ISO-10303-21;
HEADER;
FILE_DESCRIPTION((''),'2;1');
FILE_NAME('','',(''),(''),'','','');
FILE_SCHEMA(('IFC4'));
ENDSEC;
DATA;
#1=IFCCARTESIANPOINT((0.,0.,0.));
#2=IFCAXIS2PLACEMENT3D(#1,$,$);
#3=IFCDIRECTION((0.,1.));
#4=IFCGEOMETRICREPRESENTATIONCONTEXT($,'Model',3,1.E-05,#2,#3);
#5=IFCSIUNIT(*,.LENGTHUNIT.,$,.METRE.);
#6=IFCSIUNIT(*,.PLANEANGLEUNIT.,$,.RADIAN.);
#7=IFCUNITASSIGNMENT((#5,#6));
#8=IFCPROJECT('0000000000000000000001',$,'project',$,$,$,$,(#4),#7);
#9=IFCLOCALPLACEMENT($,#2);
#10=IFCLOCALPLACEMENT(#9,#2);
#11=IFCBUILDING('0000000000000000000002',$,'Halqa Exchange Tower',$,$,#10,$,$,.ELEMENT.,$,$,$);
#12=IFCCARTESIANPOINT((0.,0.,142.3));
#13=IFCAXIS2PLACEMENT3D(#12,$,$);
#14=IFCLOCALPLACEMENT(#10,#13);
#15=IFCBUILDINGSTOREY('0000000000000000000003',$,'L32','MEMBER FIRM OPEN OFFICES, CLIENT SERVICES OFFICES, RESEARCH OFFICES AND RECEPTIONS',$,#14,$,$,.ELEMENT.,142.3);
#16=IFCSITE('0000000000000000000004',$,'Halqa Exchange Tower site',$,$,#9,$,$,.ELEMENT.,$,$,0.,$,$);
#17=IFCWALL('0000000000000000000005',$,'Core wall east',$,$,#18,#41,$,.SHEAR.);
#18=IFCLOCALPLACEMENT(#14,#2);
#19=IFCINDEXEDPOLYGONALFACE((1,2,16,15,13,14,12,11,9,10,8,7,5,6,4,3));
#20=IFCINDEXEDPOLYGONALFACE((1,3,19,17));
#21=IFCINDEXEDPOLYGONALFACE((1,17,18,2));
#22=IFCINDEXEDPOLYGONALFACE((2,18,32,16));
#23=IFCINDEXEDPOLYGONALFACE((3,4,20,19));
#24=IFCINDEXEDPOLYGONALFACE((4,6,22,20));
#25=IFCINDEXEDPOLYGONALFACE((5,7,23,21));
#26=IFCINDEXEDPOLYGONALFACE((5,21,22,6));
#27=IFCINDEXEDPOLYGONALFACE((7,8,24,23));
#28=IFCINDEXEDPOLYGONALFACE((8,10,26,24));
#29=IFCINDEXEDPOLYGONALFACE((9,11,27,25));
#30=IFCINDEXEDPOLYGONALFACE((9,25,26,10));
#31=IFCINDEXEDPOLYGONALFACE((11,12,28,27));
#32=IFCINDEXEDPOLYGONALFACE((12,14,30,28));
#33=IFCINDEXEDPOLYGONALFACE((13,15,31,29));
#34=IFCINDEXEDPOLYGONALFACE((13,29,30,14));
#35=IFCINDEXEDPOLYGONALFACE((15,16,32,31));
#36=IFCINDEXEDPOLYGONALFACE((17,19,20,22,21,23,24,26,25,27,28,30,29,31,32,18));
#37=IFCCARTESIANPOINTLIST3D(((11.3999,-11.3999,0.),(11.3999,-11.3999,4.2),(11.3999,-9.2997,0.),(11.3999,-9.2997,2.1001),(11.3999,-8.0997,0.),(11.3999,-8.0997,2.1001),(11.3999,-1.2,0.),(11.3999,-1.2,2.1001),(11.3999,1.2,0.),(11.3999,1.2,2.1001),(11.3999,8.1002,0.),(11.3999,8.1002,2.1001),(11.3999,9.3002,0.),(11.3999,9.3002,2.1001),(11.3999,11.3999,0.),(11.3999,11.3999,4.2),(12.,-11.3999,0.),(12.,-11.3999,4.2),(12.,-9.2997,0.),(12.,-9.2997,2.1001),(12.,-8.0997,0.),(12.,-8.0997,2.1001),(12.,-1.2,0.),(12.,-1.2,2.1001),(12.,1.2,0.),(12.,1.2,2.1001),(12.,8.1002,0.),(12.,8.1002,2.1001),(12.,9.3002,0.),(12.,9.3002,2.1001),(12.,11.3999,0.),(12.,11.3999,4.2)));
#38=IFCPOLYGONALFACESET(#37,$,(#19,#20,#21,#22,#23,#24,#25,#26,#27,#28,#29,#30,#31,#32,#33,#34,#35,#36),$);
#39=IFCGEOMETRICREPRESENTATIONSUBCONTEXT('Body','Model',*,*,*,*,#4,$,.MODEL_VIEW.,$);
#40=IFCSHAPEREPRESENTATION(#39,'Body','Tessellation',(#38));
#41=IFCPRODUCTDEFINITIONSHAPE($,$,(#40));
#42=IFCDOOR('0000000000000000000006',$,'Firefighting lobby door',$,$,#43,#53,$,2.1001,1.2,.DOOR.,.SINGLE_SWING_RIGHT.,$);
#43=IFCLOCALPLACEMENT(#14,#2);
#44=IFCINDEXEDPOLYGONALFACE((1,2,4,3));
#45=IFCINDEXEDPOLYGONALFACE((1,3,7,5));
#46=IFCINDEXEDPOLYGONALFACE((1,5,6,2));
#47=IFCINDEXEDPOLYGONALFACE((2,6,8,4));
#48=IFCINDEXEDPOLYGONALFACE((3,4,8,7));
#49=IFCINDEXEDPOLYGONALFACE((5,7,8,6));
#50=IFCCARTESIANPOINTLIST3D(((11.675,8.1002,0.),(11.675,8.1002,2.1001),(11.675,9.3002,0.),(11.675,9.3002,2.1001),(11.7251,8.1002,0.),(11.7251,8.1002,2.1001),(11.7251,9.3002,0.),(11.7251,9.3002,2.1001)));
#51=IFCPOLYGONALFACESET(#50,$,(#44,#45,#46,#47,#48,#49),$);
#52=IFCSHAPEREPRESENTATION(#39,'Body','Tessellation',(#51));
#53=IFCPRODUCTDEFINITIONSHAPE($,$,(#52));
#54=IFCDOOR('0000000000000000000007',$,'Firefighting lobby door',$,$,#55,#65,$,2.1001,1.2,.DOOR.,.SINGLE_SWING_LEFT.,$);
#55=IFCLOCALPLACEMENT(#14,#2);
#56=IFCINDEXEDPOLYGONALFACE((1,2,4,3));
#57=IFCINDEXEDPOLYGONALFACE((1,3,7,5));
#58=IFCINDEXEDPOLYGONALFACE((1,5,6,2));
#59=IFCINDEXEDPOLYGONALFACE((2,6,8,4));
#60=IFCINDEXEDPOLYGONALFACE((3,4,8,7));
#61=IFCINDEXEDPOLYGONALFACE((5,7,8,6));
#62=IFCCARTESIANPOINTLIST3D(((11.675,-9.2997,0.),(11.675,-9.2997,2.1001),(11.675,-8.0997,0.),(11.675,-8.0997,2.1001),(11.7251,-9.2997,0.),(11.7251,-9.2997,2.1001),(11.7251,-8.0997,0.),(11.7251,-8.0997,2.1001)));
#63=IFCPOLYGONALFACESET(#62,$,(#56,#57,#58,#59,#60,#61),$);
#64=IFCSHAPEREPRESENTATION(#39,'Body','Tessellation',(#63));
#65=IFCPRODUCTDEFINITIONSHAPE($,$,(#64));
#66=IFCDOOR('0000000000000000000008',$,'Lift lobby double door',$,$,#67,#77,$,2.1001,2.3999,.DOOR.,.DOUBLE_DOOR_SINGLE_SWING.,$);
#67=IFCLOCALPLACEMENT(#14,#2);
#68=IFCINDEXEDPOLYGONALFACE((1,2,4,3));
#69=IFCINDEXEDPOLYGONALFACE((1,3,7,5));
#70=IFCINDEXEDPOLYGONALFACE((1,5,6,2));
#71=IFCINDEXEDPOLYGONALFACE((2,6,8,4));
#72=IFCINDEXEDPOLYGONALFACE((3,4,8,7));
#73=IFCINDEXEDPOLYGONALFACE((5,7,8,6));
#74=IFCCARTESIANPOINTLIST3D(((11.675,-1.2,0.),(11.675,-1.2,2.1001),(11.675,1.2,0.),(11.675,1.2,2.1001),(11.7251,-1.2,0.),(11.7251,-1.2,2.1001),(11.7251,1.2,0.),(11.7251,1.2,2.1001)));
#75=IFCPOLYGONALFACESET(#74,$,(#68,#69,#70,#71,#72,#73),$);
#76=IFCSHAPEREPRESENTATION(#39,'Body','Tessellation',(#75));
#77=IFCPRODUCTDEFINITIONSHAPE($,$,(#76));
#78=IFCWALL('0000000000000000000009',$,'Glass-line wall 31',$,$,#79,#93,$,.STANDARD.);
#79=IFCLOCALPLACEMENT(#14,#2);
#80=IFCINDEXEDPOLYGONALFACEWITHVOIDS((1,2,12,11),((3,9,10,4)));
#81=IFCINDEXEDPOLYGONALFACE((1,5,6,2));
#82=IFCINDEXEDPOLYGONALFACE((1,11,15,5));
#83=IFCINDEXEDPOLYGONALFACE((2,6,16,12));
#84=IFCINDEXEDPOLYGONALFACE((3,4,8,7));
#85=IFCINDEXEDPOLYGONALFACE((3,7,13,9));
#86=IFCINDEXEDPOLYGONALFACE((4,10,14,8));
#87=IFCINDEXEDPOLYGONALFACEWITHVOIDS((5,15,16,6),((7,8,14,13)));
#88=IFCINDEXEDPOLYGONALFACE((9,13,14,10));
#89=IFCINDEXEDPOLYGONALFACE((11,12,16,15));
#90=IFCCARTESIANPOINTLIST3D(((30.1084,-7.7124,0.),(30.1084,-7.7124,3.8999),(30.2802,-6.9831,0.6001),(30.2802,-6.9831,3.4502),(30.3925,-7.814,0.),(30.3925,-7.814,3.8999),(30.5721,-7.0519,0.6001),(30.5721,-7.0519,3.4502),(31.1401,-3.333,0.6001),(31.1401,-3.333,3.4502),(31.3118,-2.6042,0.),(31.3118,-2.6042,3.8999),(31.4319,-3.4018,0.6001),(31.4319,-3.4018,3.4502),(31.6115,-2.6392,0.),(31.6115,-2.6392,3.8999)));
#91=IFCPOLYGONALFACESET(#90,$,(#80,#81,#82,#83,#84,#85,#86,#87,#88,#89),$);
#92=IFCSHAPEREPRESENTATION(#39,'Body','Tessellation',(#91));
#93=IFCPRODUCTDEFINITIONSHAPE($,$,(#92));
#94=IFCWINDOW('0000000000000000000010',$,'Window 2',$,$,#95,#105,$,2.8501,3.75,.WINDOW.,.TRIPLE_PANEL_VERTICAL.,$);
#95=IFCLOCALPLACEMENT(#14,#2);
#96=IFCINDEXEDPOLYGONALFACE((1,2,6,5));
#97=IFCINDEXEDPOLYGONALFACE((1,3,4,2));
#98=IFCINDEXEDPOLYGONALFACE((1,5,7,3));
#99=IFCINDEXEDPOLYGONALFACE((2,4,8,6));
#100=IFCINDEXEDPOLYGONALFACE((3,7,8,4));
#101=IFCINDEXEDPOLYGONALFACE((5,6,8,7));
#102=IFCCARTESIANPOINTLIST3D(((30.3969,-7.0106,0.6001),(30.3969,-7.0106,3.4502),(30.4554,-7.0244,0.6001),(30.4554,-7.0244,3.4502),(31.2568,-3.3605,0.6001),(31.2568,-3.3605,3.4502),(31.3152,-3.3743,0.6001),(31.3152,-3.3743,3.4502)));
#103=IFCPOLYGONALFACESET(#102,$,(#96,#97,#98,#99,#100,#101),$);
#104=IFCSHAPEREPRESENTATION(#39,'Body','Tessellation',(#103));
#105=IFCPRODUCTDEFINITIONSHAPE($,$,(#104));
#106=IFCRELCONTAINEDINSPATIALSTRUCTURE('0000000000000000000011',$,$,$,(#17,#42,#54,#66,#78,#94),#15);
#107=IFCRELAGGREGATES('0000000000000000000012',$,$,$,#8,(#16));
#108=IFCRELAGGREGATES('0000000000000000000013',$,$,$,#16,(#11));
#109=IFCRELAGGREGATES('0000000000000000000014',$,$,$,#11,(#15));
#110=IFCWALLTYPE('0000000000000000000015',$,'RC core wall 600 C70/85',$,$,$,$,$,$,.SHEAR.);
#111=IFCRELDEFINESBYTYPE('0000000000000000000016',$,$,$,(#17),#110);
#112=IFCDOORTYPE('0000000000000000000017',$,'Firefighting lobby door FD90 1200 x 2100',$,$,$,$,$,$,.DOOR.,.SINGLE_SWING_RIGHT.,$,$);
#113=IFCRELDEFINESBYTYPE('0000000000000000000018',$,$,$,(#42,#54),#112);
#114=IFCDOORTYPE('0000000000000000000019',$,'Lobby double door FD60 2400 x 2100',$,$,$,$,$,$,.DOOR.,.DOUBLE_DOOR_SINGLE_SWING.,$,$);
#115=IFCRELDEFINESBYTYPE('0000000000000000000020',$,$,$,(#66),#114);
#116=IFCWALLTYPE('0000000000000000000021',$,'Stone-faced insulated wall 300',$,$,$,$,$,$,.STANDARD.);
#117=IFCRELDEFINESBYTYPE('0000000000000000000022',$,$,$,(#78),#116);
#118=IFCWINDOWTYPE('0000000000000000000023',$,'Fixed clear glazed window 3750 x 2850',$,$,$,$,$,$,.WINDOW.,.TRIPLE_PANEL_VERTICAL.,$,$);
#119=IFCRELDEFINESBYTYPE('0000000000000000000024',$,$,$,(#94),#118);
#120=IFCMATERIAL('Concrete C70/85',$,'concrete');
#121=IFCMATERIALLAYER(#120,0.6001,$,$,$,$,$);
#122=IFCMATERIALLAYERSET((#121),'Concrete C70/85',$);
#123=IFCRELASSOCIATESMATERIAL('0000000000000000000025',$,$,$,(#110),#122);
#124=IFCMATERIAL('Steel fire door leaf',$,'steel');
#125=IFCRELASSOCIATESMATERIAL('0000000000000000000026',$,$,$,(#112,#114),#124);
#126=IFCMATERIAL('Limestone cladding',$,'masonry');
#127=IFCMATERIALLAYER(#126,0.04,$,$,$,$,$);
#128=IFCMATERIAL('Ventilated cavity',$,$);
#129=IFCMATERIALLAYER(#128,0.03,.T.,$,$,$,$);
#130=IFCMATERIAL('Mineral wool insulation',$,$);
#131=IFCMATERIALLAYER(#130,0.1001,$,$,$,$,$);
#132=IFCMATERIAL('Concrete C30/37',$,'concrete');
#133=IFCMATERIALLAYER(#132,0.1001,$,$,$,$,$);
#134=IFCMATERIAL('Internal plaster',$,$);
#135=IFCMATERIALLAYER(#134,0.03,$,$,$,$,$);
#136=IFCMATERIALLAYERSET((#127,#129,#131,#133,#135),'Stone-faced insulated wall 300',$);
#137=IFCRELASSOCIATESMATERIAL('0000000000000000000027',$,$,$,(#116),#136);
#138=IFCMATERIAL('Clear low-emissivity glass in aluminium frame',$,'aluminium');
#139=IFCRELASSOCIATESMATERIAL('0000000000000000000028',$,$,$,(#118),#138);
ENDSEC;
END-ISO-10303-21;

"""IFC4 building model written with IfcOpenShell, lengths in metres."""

from ifc_helpers import new_model, si_unit, direction, frame, frame_2d, origin, place, context, subcontext, project, spatial, polyline, rectangle, outline, extrude, material, layer, layer_set, type_object, element, fill, save


model = new_model("IFC4")

# Units and contexts
model_context = context("Model", 3, precision=1e-05, world=origin(), true_north=direction((0.0, 1.0)))
body_context = subcontext(model_context, "Body", "Model", "MODEL_VIEW")
ifc_project = project(units=[si_unit("LENGTHUNIT", "METRE"), si_unit("PLANEANGLEUNIT", "RADIAN")], contexts=[model_context])

# Site, building, storey
site_placement = place(None, origin())
site = spatial("IfcSite", under=ifc_project, at=site_placement, Name="Halqa Exchange Tower site", CompositionType="ELEMENT", RefElevation=0.0)
building_placement = place(site_placement, origin())
building = spatial("IfcBuilding", under=site, at=building_placement, Name="Halqa Exchange Tower", CompositionType="ELEMENT")
storey_placement = place(building_placement, frame((0.0, 0.0, 142.3)))
storey = spatial("IfcBuildingStorey", under=building, at=storey_placement, Name="L32", Description="MEMBER FIRM OPEN OFFICES, CLIENT SERVICES OFFICES, RESEARCH OFFICES AND RECEPTIONS", CompositionType="ELEMENT", Elevation=142.3)

# Shared definitions
ifc_material_1 = material(Name="Concrete C70/85", Category="concrete")

# Wall, openings, doors
ifc_layer_1 = layer(ifc_material_1, 0.6001)
ifc_layer_set_1 = layer_set([ifc_layer_1], Name="Concrete C70/85")
wall_type_1 = type_object("IfcWallType", Name="RC core wall 600 C70/85", PredefinedType="SHEAR", material=ifc_layer_set_1)
wall_1_placement = place(storey_placement, frame((11.7, -11.3999, 0.0), z_axis=(0.0, 0.0, 1.0), x_axis=(0.0, 1.0, 0.0)))
wall_1 = element("IfcWall", 1, at=wall_1_placement, inside=storey, type_object=wall_type_1, Name="Core wall east", PredefinedType="SHEAR", context=body_context, shape_type="SweptSolid", body=[
    extrude(rectangle(XDim=22.7998, YDim=0.6001, at=frame_2d((11.3999, 0.0))), origin(), (0.0, 0.0, 1.0), 4.2),
])
opening_1_placement = place(wall_1_placement, frame((10.2, 0.0, 0.0)))
opening_1 = element("IfcOpeningElement", 2, at=opening_1_placement, cuts=wall_1, PredefinedType="OPENING", context=body_context, shape_type="SweptSolid", body=[
    extrude(rectangle(XDim=2.3999, YDim=2.1001, at=frame_2d((1.2, 1.05))), frame((0.0, 0.312, 0.0), z_axis=(0.0, -1.0, 0.0), x_axis=(1.0, 0.0, 0.0)), (0.0, 0.0, 1.0), 0.624),
])
opening_2_placement = place(wall_1_placement, frame((19.5, 0.0, 0.0)))
opening_2 = element("IfcOpeningElement", 3, at=opening_2_placement, cuts=wall_1, PredefinedType="OPENING", context=body_context, shape_type="SweptSolid", body=[
    extrude(rectangle(XDim=1.2, YDim=2.1001, at=frame_2d((0.6001, 1.05))), frame((0.0, 0.312, 0.0), z_axis=(0.0, -1.0, 0.0), x_axis=(1.0, 0.0, 0.0)), (0.0, 0.0, 1.0), 0.624),
])
opening_3_placement = place(wall_1_placement, frame((2.1001, 0.0, 0.0)))
opening_3 = element("IfcOpeningElement", 4, at=opening_3_placement, cuts=wall_1, PredefinedType="OPENING", context=body_context, shape_type="SweptSolid", body=[
    extrude(rectangle(XDim=1.2, YDim=2.1001, at=frame_2d((0.6001, 1.05))), frame((0.0, 0.312, 0.0), z_axis=(0.0, -1.0, 0.0), x_axis=(1.0, 0.0, 0.0)), (0.0, 0.0, 1.0), 0.624),
])
ifc_material_2 = material(Name="Steel fire door leaf", Category="steel")
door_type_1 = type_object("IfcDoorType", Name="Firefighting lobby door FD90 1200 x 2100", OperationType="SINGLE_SWING_RIGHT", PredefinedType="DOOR", material=ifc_material_2)
door_1_placement = place(opening_2_placement, origin())
door_1 = element("IfcDoor", 5, at=door_1_placement, inside=storey, type_object=door_type_1, Name="Firefighting lobby door", OperationType="SINGLE_SWING_RIGHT", OverallHeight=2.1001, OverallWidth=1.2, PredefinedType="DOOR", context=body_context, shape_type="SweptSolid", body=[
    extrude(rectangle(XDim=1.2, YDim=2.1001, at=frame_2d((0.6001, 1.05))), frame((0.0, 0.0249, 0.0), z_axis=(0.0, -1.0, 0.0), x_axis=(1.0, 0.0, 0.0)), (0.0, 0.0, 1.0), 0.05),
])
fill(opening_2, door_1)
door_2_placement = place(opening_3_placement, origin())
door_2 = element("IfcDoor", 6, at=door_2_placement, inside=storey, type_object=door_type_1, Name="Firefighting lobby door", OperationType="SINGLE_SWING_LEFT", OverallHeight=2.1001, OverallWidth=1.2, PredefinedType="DOOR", context=body_context, shape_type="SweptSolid", body=[
    extrude(rectangle(XDim=1.2, YDim=2.1001, at=frame_2d((0.6001, 1.05))), frame((0.0, 0.0249, 0.0), z_axis=(0.0, -1.0, 0.0), x_axis=(1.0, 0.0, 0.0)), (0.0, 0.0, 1.0), 0.05),
])
fill(opening_3, door_2)
door_type_2 = type_object("IfcDoorType", Name="Lobby double door FD60 2400 x 2100", OperationType="DOUBLE_DOOR_SINGLE_SWING", PredefinedType="DOOR", material=ifc_material_2)
door_3_placement = place(opening_1_placement, origin())
door_3 = element("IfcDoor", 7, at=door_3_placement, inside=storey, type_object=door_type_2, Name="Lift lobby double door", OperationType="DOUBLE_DOOR_SINGLE_SWING", OverallHeight=2.1001, OverallWidth=2.3999, PredefinedType="DOOR", context=body_context, shape_type="SweptSolid", body=[
    extrude(rectangle(XDim=2.3999, YDim=2.1001, at=frame_2d((1.2, 1.05))), frame((0.0, 0.0249, 0.0), z_axis=(0.0, -1.0, 0.0), x_axis=(1.0, 0.0, 0.0)), (0.0, 0.0, 1.0), 0.05),
])
fill(opening_1, door_3)

# Wall, opening, window
ifc_material_3 = material(Name="Limestone cladding", Category="masonry")
ifc_layer_2 = layer(ifc_material_3, 0.04)
ifc_material_4 = material(Name="Ventilated cavity")
ifc_layer_3 = layer(ifc_material_4, 0.03, ventilated=True)
ifc_material_5 = material(Name="Mineral wool insulation")
ifc_layer_4 = layer(ifc_material_5, 0.1001)
ifc_material_6 = material(Name="Concrete C30/37", Category="concrete")
ifc_layer_5 = layer(ifc_material_6, 0.1001)
ifc_material_7 = material(Name="Internal plaster")
ifc_layer_6 = layer(ifc_material_7, 0.03)
ifc_layer_set_2 = layer_set([ifc_layer_2, ifc_layer_3, ifc_layer_4, ifc_layer_5, ifc_layer_6], Name="Stone-faced insulated wall 300")
wall_type_2 = type_object("IfcWallType", Name="Stone-faced insulated wall 300", PredefinedType="STANDARD", material=ifc_layer_set_2)
wall_2_placement = place(storey_placement, frame((30.2505, -7.7632, 0.0), z_axis=(0.0, 0.0, 1.0), x_axis=(0.229289, 0.973358, 0.0)))
wall_2 = element("IfcWall", 8, at=wall_2_placement, inside=storey, type_object=wall_type_2, Name="Glass-line wall 31", PredefinedType="STANDARD", context=body_context, shape_type="SweptSolid", body=[
    extrude(outline(polyline([(-0.0168, -0.1499), (5.2996, -0.1499), (5.2649, 0.1499), (0.0168, 0.1499), (-0.0168, -0.1499)])), origin(), (0.0, 0.0, 1.0), 3.8999),
])
opening_4_placement = place(wall_2_placement, frame((0.7661, 0.0, 0.6001)))
opening_4 = element("IfcOpeningElement", 9, at=opening_4_placement, cuts=wall_2, PredefinedType="OPENING", context=body_context, shape_type="SweptSolid", body=[
    extrude(rectangle(XDim=3.75, YDim=2.8501, at=frame_2d((1.875, 1.425))), frame((0.0, 0.1621, 0.0), z_axis=(0.0, -1.0, 0.0), x_axis=(1.0, 0.0, 0.0)), (0.0, 0.0, 1.0), 0.324),
])
ifc_material_8 = material(Name="Clear low-emissivity glass in aluminium frame", Category="aluminium")
window_type = type_object("IfcWindowType", Name="Fixed clear glazed window 3750 x 2850", PartitioningType="TRIPLE_PANEL_VERTICAL", PredefinedType="WINDOW", material=ifc_material_8)
window_placement = place(opening_4_placement, origin())
window = element("IfcWindow", 10, at=window_placement, inside=storey, type_object=window_type, Name="Window 2", OverallHeight=2.8501, OverallWidth=3.75, PartitioningType="TRIPLE_PANEL_VERTICAL", PredefinedType="WINDOW", context=body_context, shape_type="SweptSolid", body=[
    extrude(rectangle(XDim=3.75, YDim=2.8501, at=frame_2d((1.875, 1.425))), frame((0.0, 0.03, 0.0), z_axis=(0.0, -1.0, 0.0), x_axis=(1.0, 0.0, 0.0)), (0.0, 0.0, 1.0), 0.0601),
])
fill(opening_4, window)

save(model, "model.ifc")
